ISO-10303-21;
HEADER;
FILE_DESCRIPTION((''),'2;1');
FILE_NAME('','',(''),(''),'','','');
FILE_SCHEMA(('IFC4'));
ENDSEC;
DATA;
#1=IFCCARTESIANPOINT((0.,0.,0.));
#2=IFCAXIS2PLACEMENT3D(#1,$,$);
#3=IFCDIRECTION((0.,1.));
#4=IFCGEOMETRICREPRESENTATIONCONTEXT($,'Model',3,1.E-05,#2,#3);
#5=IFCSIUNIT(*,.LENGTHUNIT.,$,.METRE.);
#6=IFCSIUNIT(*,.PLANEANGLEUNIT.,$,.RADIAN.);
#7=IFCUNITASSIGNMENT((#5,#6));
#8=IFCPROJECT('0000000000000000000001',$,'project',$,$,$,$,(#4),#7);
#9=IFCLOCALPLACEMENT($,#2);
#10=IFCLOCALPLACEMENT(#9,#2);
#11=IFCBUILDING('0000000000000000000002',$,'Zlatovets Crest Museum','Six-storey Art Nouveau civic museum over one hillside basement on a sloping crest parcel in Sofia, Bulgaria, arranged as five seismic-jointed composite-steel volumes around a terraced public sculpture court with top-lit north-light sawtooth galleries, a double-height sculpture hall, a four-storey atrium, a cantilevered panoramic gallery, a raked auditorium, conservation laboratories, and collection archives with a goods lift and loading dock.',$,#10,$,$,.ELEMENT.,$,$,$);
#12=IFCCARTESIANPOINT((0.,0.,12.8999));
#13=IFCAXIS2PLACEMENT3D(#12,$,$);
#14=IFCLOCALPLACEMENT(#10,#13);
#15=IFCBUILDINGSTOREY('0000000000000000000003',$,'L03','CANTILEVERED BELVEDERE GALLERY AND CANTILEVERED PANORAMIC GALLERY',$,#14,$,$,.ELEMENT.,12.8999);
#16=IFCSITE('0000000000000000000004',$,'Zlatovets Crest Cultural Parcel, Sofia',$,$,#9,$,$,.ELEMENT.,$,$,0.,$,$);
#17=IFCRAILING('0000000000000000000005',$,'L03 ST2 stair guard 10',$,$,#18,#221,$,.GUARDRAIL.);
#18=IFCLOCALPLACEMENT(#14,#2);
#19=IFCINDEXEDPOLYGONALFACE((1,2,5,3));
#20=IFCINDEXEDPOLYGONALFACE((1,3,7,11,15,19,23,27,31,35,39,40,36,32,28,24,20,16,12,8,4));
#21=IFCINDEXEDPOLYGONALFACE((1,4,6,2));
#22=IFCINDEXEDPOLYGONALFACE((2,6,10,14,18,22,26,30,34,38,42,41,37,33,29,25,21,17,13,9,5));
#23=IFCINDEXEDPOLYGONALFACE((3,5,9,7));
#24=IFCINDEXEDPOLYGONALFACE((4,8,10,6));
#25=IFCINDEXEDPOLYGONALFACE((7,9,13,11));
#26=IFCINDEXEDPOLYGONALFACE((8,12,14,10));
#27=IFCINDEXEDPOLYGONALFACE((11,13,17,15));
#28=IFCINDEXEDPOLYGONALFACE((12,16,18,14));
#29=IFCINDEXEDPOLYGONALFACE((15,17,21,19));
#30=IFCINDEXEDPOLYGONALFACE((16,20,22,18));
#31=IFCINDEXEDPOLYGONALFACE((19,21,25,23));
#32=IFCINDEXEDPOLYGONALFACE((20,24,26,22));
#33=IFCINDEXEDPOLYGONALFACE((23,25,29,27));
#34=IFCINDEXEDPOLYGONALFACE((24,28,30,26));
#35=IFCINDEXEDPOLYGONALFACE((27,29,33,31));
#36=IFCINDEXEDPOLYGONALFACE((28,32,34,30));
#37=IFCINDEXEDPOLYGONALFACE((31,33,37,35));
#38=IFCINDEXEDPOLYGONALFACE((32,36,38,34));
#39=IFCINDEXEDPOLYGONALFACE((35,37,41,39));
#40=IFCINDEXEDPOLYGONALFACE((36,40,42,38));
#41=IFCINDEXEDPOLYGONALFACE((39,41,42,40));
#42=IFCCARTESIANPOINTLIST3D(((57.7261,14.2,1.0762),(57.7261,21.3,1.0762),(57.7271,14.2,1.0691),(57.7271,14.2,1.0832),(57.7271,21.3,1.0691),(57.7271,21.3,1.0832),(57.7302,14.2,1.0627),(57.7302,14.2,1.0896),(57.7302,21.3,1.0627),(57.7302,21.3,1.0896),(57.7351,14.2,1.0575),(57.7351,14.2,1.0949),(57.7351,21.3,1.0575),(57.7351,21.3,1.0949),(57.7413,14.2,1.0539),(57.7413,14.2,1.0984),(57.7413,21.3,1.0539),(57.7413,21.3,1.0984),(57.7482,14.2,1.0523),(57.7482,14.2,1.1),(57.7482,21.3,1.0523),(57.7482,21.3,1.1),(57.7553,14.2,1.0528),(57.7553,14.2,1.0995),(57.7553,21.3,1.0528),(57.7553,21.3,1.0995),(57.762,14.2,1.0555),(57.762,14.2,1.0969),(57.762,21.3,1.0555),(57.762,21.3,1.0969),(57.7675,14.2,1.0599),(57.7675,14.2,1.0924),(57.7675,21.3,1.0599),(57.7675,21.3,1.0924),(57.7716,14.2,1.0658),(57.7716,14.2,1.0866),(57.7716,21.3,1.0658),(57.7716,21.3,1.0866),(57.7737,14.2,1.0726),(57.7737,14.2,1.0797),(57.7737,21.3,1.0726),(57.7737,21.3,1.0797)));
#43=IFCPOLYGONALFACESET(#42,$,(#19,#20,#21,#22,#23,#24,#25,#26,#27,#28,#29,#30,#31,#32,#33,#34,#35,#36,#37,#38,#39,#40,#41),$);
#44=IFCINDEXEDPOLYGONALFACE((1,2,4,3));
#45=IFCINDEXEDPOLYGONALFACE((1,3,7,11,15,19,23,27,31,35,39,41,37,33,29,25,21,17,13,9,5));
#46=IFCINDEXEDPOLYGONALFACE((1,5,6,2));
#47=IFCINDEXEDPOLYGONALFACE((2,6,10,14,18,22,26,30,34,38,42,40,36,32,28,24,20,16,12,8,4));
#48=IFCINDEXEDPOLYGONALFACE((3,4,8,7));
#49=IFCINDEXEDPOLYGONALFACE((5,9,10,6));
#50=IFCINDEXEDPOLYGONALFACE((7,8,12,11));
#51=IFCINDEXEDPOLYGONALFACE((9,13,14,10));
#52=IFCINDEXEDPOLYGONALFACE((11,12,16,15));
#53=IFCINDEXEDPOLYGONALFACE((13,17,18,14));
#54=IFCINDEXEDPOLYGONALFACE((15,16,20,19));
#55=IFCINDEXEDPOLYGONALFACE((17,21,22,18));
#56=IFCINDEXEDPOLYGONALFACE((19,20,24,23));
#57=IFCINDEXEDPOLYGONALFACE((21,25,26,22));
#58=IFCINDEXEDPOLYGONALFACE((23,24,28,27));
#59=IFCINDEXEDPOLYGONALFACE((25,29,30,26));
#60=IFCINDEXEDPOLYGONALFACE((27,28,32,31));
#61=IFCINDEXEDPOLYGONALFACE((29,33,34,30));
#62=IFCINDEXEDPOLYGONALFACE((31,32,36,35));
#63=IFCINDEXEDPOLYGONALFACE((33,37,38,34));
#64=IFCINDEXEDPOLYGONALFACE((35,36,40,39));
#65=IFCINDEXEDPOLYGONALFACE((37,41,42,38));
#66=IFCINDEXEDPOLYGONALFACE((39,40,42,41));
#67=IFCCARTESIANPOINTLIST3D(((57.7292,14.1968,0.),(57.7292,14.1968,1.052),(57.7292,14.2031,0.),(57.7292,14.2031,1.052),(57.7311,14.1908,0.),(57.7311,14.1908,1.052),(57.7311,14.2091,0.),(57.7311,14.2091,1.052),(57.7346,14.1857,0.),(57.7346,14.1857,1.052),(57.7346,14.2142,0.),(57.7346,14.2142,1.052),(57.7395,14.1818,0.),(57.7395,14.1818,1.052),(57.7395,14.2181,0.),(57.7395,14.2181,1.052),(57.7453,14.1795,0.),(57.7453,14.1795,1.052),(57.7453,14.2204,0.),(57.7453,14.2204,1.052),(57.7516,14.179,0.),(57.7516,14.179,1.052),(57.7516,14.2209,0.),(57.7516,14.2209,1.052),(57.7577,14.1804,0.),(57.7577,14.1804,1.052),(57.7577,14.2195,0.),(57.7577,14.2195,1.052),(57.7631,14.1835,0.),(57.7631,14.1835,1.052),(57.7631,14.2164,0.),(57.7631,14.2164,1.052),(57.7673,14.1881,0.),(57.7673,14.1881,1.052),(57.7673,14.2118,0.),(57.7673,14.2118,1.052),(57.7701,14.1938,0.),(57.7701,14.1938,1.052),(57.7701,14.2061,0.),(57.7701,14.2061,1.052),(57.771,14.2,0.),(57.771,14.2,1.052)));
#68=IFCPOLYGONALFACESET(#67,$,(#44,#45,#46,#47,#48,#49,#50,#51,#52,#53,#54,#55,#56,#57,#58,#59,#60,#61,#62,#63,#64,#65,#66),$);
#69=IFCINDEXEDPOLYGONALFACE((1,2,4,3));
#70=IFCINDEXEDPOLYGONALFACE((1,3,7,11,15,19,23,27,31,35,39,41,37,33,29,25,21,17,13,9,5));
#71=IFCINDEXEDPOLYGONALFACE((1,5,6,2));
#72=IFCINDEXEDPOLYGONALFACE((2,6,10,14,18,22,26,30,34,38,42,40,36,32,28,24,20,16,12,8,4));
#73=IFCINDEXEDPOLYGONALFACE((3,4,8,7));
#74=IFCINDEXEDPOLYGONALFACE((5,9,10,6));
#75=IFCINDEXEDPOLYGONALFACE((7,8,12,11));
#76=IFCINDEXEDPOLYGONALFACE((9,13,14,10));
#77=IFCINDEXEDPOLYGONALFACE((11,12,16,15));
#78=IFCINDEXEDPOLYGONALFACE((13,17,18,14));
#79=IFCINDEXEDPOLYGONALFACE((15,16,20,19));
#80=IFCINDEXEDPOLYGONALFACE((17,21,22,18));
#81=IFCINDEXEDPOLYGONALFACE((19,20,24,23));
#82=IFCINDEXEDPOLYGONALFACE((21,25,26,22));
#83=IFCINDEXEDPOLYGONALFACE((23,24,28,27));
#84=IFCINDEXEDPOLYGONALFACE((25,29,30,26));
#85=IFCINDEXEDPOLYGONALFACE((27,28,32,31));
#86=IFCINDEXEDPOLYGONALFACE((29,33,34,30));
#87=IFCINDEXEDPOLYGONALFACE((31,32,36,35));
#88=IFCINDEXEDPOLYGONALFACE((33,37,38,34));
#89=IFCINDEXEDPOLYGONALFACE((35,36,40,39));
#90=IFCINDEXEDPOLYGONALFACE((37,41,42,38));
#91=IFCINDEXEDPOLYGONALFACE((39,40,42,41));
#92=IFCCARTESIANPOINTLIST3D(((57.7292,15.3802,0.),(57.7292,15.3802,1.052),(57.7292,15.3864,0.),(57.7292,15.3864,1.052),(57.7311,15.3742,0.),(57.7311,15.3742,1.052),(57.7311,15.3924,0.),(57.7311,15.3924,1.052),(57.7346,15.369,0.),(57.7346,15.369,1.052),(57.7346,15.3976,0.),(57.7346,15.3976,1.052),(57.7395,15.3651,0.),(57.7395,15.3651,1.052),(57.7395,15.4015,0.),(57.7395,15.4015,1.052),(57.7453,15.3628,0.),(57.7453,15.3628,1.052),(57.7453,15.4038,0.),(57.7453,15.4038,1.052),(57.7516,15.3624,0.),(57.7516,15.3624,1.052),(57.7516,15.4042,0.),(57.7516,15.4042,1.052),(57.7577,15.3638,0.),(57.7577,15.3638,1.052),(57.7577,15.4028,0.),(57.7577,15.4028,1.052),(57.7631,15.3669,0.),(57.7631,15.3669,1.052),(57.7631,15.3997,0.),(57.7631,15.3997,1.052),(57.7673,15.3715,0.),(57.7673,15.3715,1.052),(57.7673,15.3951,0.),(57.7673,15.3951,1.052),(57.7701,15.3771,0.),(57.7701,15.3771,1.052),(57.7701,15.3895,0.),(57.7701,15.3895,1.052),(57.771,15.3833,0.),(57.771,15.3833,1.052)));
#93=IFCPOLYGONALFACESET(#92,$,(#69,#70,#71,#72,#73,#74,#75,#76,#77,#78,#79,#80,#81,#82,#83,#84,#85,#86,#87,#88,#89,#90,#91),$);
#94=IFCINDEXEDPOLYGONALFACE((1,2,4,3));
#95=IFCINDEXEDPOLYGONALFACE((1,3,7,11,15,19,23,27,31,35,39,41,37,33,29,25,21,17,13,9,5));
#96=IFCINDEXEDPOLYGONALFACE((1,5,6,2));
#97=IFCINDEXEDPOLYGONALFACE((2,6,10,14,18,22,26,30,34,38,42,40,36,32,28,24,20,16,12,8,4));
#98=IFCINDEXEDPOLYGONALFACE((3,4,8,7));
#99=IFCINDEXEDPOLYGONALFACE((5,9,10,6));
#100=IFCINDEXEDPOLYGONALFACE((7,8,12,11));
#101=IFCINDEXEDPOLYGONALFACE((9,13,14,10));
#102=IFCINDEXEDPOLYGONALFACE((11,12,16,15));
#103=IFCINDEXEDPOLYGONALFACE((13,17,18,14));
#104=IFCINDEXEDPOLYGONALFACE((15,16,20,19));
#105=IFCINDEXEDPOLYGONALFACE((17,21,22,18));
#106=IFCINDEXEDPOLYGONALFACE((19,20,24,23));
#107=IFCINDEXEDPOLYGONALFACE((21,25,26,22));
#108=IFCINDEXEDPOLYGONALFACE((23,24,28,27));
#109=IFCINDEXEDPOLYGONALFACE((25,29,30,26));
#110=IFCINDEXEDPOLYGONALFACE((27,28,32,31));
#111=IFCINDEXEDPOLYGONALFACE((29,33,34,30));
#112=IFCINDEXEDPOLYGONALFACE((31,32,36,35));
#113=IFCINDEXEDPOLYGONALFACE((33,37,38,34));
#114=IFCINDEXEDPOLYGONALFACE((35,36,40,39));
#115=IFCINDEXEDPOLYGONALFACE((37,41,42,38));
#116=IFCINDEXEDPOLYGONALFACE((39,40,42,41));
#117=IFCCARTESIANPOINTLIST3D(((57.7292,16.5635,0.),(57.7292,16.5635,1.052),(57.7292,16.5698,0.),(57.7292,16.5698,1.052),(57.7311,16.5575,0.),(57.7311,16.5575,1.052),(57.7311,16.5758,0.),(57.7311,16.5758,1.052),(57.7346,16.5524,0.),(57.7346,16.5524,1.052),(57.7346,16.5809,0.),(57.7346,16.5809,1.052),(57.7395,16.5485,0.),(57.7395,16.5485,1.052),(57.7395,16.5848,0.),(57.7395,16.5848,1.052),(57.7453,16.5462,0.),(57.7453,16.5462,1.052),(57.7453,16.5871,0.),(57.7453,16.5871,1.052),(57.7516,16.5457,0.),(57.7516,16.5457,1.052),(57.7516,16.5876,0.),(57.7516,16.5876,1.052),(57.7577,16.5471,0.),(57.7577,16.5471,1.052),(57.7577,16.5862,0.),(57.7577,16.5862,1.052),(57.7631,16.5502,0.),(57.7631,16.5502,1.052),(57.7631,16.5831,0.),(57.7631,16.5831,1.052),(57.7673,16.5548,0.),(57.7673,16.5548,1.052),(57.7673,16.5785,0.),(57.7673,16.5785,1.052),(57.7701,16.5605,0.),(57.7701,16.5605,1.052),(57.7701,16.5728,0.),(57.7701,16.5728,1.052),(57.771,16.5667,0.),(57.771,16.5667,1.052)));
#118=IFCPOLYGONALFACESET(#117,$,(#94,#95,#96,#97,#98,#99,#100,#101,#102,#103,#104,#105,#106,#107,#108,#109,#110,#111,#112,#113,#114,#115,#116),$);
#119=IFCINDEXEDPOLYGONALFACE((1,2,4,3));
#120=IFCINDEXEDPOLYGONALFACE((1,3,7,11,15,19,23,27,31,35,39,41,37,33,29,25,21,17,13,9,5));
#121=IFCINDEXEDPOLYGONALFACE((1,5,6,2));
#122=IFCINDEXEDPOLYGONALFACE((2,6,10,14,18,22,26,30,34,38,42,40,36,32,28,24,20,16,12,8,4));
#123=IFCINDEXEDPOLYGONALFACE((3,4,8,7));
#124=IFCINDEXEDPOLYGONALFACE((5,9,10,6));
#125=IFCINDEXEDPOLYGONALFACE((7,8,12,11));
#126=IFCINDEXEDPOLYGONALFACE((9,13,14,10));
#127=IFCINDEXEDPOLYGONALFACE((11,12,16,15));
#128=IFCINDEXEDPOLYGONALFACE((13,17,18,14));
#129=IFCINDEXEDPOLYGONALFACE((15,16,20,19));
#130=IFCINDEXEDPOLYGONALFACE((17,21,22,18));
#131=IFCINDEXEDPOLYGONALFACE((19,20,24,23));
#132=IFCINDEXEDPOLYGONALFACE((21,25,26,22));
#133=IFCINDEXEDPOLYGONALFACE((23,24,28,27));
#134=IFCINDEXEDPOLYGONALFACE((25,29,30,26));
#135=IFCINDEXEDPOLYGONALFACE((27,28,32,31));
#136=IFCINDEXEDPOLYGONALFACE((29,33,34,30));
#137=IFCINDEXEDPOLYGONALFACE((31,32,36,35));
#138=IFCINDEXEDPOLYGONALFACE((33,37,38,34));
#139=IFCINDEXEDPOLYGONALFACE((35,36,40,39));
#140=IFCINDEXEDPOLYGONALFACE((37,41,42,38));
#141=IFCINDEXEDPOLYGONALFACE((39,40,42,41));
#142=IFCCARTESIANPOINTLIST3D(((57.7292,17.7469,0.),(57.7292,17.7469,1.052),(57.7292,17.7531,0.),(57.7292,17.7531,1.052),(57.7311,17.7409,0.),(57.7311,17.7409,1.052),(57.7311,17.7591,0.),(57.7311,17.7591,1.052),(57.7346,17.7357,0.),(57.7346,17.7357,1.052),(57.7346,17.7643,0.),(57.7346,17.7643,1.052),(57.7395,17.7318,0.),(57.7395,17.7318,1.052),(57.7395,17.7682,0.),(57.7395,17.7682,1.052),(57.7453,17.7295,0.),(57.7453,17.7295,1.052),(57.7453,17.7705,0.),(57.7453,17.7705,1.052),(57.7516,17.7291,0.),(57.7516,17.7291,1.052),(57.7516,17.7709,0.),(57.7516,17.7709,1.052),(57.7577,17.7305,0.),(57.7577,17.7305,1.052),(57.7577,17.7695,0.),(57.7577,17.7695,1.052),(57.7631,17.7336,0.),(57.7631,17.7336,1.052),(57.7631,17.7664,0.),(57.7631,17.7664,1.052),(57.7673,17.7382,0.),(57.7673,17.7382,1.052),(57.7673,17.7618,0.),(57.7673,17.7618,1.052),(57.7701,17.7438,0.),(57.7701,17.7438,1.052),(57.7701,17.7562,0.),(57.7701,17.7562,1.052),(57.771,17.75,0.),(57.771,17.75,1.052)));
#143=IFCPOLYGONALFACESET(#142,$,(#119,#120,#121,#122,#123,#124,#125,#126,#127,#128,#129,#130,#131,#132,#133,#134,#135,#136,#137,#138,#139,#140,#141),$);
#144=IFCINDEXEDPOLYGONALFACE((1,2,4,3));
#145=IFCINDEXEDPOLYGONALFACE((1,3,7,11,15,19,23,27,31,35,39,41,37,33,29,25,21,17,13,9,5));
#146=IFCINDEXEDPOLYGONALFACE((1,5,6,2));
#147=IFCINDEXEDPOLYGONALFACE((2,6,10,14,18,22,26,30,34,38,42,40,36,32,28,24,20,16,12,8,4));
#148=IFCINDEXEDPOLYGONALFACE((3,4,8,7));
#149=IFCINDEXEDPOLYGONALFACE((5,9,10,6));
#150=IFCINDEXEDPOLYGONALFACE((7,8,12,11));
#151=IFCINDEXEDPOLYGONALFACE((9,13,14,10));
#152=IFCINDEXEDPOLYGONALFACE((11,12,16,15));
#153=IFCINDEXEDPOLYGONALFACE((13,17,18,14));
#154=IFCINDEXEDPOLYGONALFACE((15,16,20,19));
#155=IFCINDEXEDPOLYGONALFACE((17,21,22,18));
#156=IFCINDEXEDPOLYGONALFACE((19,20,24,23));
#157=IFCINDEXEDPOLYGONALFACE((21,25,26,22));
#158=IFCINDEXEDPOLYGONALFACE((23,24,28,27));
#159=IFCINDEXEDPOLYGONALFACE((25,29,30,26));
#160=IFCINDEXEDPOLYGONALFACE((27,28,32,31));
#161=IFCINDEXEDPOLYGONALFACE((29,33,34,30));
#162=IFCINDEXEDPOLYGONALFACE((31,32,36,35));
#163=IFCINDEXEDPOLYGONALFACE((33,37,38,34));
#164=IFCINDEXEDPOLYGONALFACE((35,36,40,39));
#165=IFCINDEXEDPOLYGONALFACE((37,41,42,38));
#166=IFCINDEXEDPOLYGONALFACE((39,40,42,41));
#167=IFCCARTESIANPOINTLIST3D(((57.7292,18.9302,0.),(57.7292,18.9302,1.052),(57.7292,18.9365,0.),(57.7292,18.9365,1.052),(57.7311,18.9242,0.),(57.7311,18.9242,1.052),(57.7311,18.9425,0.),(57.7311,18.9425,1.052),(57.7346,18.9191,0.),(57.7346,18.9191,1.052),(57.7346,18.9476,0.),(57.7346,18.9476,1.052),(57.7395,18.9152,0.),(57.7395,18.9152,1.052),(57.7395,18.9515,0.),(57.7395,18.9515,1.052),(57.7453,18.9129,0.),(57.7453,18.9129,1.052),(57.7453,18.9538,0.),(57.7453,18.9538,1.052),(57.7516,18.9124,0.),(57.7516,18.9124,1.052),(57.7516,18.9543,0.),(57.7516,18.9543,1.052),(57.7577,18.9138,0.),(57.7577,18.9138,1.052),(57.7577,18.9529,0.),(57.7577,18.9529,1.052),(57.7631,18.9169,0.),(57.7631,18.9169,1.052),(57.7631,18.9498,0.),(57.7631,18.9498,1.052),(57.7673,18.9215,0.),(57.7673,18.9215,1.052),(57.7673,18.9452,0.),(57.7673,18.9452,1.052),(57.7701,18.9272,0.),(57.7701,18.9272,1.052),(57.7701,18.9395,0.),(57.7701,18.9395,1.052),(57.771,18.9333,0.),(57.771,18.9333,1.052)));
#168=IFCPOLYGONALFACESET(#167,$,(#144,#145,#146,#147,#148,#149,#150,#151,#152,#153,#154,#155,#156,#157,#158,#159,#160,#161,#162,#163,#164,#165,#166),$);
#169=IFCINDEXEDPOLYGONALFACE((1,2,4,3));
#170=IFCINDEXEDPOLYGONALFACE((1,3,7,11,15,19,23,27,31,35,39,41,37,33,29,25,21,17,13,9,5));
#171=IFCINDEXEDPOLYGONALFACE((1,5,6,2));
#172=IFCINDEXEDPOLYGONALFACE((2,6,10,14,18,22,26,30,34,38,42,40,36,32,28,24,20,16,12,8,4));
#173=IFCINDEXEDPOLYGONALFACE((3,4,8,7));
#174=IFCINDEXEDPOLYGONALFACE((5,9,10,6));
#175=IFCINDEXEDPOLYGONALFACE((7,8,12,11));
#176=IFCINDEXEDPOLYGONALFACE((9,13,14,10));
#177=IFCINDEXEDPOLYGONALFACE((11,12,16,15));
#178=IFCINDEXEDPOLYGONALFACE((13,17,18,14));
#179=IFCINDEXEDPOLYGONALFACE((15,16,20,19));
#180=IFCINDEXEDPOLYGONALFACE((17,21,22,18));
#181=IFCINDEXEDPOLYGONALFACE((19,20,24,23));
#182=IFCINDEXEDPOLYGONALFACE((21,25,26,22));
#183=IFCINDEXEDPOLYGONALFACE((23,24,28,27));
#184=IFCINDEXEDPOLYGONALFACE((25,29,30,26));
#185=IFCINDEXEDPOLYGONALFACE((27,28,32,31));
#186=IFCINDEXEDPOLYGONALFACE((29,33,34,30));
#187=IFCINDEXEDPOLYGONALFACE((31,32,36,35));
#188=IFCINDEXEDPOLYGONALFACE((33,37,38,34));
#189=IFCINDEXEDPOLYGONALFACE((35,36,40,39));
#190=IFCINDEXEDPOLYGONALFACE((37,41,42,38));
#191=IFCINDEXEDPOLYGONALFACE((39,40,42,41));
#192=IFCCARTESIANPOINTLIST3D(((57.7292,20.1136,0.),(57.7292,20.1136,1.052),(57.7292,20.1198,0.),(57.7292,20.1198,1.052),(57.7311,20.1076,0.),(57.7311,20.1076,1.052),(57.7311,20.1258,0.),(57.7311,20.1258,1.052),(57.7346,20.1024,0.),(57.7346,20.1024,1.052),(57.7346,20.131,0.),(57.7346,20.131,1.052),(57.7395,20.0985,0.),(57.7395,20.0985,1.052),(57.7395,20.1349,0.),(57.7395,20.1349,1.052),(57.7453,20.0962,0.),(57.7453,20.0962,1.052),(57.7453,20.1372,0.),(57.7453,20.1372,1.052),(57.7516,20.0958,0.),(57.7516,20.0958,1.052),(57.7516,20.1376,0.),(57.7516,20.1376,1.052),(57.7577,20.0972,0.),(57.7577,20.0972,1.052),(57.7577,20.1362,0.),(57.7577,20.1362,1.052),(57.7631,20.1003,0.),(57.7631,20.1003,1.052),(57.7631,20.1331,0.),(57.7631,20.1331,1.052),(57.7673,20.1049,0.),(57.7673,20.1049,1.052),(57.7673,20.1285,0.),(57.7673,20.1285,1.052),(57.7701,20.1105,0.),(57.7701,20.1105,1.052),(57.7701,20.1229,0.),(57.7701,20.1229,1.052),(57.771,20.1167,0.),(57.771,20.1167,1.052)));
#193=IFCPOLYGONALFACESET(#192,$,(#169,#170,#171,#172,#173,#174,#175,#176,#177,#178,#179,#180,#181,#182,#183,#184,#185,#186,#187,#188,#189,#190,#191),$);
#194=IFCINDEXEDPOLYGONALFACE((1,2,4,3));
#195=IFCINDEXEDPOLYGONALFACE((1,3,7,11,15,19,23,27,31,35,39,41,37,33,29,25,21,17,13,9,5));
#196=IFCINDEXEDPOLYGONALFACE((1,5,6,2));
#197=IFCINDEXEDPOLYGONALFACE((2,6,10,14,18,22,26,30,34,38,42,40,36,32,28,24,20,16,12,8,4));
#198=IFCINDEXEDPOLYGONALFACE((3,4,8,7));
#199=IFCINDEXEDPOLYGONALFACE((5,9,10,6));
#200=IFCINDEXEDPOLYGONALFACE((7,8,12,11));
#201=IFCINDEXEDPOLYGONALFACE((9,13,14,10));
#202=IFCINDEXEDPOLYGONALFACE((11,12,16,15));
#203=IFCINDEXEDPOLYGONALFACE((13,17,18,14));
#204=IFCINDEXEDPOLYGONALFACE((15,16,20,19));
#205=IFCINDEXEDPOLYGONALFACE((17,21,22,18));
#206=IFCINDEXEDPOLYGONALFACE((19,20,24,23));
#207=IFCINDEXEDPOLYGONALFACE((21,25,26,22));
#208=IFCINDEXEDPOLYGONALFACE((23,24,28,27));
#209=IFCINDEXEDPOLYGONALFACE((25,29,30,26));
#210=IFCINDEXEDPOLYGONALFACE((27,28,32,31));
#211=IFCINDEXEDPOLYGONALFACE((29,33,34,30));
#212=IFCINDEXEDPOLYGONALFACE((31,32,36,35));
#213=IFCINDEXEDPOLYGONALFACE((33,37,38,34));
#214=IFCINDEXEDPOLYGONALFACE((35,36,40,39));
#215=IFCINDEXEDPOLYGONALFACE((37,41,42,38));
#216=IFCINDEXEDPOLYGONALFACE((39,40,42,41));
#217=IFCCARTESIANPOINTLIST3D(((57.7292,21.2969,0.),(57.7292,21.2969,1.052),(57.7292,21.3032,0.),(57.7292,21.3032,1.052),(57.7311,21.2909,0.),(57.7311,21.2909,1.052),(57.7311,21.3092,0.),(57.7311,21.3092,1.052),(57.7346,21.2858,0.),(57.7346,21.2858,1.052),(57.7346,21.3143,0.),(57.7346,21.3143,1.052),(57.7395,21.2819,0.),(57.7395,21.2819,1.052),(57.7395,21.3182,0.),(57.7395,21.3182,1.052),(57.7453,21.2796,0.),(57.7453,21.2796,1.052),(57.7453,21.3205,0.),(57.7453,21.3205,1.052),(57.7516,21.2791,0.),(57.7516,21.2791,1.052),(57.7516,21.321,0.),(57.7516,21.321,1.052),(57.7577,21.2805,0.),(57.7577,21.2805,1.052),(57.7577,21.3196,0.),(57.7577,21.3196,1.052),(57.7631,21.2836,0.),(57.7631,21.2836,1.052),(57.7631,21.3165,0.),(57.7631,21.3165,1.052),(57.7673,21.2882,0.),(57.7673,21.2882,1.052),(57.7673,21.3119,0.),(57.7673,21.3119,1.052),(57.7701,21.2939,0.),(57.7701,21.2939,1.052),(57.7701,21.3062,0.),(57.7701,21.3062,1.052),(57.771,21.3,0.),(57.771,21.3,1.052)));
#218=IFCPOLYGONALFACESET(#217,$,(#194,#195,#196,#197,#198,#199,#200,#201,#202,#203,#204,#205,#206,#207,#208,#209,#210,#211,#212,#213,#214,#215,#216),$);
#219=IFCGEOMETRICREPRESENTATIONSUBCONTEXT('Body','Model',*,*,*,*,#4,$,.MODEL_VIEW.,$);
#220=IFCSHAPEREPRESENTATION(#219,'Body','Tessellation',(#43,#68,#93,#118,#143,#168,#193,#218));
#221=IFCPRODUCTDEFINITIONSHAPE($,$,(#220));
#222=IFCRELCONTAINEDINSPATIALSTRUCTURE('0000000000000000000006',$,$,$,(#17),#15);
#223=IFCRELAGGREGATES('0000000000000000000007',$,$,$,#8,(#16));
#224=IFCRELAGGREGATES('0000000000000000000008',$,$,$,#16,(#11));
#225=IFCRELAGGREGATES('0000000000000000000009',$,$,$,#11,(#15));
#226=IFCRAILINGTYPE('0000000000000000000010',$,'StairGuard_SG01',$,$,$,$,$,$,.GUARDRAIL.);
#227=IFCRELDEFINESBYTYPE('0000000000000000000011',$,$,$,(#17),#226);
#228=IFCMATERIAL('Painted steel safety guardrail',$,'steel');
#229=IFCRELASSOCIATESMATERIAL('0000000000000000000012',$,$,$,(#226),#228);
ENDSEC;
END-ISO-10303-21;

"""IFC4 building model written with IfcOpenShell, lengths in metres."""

from ifc_helpers import new_model, si_unit, direction, frame, origin, origin_2d, place, context, subcontext, project, spatial, circle, extrude, material, type_object, element, save


model = new_model("IFC4")

# Units and contexts
model_context = context("Model", 3, precision=1e-05, world=origin(), true_north=direction((0.0, 1.0)))
body_context = subcontext(model_context, "Body", "Model", "MODEL_VIEW")
ifc_project = project(units=[si_unit("LENGTHUNIT", "METRE"), si_unit("PLANEANGLEUNIT", "RADIAN")], contexts=[model_context])

# Site, building, storey
site_placement = place(None, origin())
site = spatial("IfcSite", under=ifc_project, at=site_placement, Name="Zlatovets Crest Cultural Parcel, Sofia", CompositionType="ELEMENT", RefElevation=0.0)
building_placement = place(site_placement, origin())
building = spatial("IfcBuilding", under=site, at=building_placement, Name="Zlatovets Crest Museum", Description="Six-storey Art Nouveau civic museum over one hillside basement on a sloping crest parcel in Sofia, Bulgaria, arranged as five seismic-jointed composite-steel volumes around a terraced public sculpture court with top-lit north-light sawtooth galleries, a double-height sculpture hall, a four-storey atrium, a cantilevered panoramic gallery, a raked auditorium, conservation laboratories, and collection archives with a goods lift and loading dock.", CompositionType="ELEMENT")
storey_placement = place(building_placement, frame((0.0, 0.0, 12.8999)))
storey = spatial("IfcBuildingStorey", under=building, at=storey_placement, Name="L03", Description="CANTILEVERED BELVEDERE GALLERY AND CANTILEVERED PANORAMIC GALLERY", CompositionType="ELEMENT", Elevation=12.8999)

# Railing
ifc_material_1 = material(Name="Painted steel safety guardrail", Category="steel")
railing_type_1 = type_object("IfcRailingType", Name="StairGuard_SG01", PredefinedType="GUARDRAIL", material=ifc_material_1)
railing_1_placement = place(storey_placement, frame((57.75, 14.2, 0.0)))
element("IfcRailing", 1, at=railing_1_placement, inside=storey, type_object=railing_type_1, Name="L03 ST2 stair guard 10", PredefinedType="GUARDRAIL", context=body_context, shape_type="SweptSolid", body=[
    extrude(circle(Radius=0.0239, at=origin_2d()), frame((0.0, 0.0, 1.0762), z_axis=(0.0, 1.0, 0.0), x_axis=(-1.0, 0.0, 0.0)), (0.0, 0.0, 1.0), 7.1001),
    extrude(circle(Radius=0.021, at=origin_2d()), origin(), (0.0, 0.0, 1.0), 1.052),
    extrude(circle(Radius=0.021, at=origin_2d()), frame((0.0, 1.1833, 0.0)), (0.0, 0.0, 1.0), 1.052),
    extrude(circle(Radius=0.021, at=origin_2d()), frame((0.0, 2.3667, 0.0)), (0.0, 0.0, 1.0), 1.052),
    extrude(circle(Radius=0.021, at=origin_2d()), frame((0.0, 3.55, 0.0)), (0.0, 0.0, 1.0), 1.052),
    extrude(circle(Radius=0.021, at=origin_2d()), frame((0.0, 4.7334, 0.0)), (0.0, 0.0, 1.0), 1.052),
    extrude(circle(Radius=0.021, at=origin_2d()), frame((0.0, 5.9167, 0.0)), (0.0, 0.0, 1.0), 1.052),
    extrude(circle(Radius=0.021, at=origin_2d()), frame((0.0, 7.1001, 0.0)), (0.0, 0.0, 1.0), 1.052),
])

save(model, "model.ifc")
